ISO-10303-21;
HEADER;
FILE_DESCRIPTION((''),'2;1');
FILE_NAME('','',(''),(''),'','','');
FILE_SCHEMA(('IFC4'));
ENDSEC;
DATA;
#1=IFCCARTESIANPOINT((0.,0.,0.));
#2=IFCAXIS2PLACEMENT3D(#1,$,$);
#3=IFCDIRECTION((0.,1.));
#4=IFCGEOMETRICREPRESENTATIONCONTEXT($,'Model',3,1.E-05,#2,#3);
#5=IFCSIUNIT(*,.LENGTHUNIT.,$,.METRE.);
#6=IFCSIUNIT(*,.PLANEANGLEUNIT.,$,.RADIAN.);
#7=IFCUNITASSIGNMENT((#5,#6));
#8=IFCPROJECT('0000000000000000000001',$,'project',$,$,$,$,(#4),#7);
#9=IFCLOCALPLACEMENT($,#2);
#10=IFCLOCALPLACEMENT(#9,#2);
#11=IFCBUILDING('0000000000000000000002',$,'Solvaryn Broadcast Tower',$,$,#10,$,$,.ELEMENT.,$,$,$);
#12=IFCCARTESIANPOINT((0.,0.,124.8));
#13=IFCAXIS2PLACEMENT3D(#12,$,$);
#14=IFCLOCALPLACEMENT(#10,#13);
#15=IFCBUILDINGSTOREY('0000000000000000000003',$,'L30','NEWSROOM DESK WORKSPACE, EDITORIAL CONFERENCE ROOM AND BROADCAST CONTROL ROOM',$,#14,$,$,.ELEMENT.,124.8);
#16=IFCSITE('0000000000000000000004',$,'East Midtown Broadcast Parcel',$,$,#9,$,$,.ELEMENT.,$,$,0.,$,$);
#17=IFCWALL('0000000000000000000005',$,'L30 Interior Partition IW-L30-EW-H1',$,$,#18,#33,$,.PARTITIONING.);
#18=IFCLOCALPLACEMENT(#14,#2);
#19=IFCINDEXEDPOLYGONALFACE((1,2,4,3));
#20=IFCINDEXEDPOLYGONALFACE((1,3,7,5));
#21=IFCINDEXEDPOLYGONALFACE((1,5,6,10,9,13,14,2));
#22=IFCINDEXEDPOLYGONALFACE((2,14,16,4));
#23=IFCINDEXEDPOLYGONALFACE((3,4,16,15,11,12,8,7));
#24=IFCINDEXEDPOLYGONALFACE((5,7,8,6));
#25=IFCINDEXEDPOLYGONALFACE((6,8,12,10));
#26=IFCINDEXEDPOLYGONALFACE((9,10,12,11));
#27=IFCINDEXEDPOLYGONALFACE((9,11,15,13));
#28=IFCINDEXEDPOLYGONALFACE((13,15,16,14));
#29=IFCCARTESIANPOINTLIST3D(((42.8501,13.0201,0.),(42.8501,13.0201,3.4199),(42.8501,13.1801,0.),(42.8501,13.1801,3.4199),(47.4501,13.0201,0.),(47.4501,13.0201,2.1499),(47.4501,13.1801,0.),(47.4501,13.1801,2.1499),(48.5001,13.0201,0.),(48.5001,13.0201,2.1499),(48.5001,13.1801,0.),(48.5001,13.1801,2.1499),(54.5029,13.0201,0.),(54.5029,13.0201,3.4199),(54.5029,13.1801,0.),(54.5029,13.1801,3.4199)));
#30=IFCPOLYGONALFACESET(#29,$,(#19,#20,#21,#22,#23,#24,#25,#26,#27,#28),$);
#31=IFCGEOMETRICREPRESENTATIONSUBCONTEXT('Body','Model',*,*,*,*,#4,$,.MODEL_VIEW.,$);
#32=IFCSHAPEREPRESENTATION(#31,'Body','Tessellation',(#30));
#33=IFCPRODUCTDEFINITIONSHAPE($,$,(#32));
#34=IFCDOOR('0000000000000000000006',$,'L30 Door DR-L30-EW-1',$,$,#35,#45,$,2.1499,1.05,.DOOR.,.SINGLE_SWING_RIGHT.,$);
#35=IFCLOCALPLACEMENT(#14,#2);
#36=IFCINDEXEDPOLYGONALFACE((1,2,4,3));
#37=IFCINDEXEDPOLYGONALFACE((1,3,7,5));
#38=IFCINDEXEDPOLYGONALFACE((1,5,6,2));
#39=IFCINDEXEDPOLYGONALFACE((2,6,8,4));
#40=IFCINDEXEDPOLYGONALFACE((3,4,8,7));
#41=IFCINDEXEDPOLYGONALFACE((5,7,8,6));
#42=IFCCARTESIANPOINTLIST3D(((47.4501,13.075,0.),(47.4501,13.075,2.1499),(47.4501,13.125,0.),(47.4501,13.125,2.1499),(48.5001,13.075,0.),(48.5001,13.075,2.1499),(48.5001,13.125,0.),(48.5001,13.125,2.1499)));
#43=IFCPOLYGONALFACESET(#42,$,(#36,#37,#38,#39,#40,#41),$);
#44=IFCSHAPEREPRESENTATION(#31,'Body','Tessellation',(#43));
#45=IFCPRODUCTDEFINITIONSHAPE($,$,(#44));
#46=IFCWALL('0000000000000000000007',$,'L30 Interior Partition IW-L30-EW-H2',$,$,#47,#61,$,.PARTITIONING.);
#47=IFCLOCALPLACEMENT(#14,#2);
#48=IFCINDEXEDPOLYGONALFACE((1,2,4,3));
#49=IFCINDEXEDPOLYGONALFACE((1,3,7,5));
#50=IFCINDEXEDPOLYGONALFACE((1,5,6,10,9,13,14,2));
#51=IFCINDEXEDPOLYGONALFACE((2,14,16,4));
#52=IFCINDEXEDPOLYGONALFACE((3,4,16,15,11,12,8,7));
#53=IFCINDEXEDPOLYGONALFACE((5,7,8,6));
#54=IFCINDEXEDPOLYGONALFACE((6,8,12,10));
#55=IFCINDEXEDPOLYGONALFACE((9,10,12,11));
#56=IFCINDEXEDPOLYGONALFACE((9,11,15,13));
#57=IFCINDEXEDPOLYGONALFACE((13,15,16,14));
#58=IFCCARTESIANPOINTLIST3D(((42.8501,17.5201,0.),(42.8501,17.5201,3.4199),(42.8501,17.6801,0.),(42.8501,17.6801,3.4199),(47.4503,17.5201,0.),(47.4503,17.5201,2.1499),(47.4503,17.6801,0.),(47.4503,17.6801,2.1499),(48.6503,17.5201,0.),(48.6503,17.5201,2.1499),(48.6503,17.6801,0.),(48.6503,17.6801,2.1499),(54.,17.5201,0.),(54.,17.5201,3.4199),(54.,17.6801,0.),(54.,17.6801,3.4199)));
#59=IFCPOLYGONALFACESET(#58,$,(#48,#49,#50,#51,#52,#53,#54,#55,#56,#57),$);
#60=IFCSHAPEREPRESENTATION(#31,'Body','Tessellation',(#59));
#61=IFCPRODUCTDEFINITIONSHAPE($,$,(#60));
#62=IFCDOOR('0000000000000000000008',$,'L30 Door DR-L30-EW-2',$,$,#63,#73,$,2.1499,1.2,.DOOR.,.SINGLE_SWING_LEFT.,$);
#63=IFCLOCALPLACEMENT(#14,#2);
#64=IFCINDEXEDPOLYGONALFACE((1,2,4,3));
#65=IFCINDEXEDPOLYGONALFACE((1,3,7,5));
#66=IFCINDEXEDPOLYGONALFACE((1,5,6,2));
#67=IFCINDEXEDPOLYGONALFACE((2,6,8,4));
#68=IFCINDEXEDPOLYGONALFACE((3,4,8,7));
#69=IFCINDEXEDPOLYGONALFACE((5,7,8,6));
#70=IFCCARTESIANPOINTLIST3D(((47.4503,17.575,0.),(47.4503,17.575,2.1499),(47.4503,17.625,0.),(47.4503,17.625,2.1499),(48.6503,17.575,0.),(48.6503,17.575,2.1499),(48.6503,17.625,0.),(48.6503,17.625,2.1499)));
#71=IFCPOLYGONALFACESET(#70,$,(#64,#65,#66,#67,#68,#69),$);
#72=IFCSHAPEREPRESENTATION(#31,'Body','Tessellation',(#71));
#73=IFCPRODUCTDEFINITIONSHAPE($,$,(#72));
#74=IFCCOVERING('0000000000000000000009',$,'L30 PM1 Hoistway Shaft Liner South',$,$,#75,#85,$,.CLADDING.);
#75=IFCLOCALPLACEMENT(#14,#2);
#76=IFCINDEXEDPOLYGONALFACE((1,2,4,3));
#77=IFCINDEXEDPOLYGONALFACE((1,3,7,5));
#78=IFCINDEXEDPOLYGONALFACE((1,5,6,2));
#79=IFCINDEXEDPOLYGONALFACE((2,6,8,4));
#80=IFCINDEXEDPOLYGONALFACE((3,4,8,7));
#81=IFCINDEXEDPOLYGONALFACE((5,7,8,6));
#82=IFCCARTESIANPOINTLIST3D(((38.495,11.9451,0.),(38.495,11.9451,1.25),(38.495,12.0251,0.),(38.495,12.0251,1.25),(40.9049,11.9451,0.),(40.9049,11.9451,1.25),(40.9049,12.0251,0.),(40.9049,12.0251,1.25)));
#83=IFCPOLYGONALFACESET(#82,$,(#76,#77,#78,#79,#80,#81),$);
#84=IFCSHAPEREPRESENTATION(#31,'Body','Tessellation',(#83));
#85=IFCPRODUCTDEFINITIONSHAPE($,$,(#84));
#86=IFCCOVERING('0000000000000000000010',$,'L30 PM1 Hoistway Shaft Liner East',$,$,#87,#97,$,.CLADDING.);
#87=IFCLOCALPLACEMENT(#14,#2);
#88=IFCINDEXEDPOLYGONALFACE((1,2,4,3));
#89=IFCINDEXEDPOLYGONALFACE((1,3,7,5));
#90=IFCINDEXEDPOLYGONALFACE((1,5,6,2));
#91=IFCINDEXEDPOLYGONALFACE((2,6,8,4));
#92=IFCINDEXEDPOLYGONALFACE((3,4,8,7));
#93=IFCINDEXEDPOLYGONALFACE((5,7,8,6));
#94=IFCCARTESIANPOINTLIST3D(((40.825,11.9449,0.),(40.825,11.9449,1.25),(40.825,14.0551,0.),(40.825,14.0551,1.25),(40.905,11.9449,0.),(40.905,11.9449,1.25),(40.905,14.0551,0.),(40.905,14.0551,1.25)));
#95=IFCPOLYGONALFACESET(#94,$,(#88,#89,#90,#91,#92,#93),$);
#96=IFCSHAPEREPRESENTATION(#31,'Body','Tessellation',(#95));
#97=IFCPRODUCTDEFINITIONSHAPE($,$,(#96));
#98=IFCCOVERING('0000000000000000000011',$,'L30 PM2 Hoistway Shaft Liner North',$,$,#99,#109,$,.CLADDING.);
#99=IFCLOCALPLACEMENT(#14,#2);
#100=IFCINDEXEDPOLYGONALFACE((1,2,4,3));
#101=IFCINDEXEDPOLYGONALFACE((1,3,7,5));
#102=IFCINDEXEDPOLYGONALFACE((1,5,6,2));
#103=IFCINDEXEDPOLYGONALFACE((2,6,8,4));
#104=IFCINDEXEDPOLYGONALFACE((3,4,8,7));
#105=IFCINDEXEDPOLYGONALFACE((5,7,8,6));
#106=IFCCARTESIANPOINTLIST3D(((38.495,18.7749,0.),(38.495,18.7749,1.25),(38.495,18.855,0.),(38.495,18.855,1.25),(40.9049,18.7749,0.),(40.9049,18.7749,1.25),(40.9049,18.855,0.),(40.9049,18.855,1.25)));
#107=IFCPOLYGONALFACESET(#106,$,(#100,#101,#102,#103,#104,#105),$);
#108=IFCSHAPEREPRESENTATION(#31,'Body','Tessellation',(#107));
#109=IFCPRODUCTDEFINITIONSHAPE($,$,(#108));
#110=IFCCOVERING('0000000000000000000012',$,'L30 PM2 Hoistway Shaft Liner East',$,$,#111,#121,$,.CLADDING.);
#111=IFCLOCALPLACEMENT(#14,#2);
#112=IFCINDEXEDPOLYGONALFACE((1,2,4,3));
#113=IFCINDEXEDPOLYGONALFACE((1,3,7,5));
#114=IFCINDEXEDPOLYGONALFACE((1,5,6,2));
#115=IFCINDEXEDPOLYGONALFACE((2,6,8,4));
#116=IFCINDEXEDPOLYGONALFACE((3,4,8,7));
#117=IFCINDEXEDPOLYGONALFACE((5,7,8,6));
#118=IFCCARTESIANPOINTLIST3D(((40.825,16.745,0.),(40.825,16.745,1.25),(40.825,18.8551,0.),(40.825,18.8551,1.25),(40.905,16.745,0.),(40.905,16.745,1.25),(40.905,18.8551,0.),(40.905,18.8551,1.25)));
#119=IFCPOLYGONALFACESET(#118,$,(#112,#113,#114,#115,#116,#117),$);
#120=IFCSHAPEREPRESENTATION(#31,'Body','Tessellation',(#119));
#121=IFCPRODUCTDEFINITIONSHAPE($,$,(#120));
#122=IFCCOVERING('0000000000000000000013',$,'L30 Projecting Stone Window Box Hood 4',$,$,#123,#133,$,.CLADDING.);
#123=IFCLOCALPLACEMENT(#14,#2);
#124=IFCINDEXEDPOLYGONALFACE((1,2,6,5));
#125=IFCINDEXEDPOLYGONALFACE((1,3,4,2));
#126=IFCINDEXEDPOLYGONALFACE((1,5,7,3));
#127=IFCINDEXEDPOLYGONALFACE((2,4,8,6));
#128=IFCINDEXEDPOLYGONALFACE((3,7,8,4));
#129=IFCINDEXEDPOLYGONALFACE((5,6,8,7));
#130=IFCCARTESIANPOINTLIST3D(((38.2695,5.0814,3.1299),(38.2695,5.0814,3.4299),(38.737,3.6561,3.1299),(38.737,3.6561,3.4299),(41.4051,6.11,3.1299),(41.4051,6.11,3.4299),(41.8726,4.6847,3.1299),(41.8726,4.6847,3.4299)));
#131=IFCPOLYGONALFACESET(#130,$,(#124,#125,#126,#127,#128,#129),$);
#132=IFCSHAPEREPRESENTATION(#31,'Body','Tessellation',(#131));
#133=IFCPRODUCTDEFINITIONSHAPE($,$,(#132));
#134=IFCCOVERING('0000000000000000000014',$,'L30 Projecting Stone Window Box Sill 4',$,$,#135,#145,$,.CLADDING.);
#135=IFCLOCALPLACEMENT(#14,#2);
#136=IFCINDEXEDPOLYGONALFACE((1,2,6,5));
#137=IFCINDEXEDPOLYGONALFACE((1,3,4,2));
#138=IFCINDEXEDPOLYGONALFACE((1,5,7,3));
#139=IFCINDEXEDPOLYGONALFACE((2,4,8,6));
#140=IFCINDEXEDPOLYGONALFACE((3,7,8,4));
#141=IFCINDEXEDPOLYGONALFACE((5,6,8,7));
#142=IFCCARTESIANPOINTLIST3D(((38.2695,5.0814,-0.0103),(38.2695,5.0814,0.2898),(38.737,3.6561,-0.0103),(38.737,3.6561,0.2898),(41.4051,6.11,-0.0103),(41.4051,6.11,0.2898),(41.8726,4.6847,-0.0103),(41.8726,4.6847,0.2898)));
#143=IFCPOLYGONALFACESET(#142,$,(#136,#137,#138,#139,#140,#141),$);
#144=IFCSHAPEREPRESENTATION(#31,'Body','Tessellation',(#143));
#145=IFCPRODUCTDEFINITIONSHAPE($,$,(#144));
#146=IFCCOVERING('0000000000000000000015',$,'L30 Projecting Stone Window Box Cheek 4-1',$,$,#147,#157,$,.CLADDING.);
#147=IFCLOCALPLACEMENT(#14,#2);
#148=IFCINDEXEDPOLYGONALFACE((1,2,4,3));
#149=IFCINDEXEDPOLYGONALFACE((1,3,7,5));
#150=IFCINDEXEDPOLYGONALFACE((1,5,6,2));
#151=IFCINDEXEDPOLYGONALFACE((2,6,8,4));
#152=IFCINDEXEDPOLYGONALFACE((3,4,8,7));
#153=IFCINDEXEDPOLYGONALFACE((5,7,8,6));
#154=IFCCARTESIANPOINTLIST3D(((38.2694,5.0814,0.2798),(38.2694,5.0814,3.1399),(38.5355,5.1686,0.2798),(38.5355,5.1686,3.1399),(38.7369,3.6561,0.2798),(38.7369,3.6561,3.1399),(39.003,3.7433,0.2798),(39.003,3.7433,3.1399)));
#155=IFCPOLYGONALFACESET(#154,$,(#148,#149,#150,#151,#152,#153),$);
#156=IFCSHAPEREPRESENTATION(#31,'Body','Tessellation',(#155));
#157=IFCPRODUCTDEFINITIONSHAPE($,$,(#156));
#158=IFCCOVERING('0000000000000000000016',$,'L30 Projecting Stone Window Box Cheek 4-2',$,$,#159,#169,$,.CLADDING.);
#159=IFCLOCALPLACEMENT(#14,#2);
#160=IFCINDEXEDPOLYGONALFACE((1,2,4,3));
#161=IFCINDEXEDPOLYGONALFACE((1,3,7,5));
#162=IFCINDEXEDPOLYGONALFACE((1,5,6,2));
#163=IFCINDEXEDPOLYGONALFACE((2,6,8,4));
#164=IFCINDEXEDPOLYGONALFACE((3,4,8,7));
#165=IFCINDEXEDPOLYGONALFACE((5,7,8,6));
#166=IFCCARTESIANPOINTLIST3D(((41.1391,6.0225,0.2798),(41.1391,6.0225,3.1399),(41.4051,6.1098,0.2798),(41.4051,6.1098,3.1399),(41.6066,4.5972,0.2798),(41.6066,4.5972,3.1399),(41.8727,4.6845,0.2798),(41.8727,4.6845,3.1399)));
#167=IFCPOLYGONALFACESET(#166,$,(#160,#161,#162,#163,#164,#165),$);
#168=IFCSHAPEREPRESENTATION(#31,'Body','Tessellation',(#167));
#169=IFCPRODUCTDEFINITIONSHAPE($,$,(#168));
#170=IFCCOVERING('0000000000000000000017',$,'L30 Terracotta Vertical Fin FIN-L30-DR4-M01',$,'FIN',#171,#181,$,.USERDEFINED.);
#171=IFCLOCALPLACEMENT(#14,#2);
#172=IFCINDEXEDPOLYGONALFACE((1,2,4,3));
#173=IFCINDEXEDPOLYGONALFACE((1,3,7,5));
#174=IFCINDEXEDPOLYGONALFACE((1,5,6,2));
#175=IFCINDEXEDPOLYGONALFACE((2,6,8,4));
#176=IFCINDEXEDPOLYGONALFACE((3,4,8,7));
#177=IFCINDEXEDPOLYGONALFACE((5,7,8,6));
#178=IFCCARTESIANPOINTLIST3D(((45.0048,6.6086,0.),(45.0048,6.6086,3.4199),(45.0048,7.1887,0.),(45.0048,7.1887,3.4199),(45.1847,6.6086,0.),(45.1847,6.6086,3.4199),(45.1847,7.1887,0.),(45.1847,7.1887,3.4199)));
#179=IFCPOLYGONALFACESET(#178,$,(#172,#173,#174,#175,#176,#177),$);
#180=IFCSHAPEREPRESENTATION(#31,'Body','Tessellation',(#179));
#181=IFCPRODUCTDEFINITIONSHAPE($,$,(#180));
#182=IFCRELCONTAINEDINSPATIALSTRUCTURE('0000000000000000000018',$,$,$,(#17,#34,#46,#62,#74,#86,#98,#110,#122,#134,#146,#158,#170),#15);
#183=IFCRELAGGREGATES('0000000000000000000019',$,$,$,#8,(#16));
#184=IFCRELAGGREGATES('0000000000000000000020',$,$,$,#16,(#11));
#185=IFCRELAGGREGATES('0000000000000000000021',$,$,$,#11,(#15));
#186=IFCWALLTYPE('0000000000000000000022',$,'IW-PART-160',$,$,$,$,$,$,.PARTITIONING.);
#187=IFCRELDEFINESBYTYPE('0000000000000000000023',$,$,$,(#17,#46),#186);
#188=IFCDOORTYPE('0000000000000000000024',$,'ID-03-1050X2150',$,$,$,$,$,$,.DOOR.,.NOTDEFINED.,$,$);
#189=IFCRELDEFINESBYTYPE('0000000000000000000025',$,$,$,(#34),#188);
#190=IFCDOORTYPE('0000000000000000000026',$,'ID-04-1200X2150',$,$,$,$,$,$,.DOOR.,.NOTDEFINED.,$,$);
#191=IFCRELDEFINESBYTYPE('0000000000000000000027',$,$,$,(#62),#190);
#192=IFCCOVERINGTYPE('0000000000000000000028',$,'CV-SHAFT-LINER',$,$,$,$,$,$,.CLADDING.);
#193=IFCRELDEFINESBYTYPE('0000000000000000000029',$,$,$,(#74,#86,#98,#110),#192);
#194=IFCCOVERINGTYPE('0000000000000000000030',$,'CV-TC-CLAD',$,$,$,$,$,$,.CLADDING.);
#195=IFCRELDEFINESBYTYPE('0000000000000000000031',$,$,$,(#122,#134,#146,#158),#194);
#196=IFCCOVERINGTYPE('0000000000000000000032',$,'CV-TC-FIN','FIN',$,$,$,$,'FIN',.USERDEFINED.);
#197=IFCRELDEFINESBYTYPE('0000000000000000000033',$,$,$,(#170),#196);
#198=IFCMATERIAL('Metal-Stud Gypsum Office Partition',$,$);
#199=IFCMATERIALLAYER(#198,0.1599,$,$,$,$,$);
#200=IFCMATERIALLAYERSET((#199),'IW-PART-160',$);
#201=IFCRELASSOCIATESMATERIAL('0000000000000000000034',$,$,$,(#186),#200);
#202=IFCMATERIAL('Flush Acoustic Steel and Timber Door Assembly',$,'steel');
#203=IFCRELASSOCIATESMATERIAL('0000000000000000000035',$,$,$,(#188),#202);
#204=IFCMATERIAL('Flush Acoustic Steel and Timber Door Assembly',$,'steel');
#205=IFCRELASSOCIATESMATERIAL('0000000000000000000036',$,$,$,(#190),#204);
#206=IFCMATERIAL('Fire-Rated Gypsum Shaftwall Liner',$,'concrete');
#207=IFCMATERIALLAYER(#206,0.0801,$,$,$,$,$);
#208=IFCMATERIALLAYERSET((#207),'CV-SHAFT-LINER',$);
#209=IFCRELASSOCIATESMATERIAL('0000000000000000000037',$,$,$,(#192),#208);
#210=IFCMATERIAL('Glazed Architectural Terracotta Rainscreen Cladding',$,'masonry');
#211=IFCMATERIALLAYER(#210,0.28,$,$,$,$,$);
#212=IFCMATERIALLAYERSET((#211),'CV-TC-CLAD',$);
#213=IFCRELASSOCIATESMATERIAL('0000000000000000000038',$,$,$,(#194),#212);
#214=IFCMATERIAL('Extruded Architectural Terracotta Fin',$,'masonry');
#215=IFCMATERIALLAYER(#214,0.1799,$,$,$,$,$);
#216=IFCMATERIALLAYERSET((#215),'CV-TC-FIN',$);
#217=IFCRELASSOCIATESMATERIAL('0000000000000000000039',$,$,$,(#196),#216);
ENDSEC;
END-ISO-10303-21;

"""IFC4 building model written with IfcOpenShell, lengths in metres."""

from ifc_helpers import new_model, si_unit, direction, frame, frame_2d, origin, origin_2d, place, context, subcontext, project, spatial, rectangle, extrude, material, layer, layer_set, type_object, element, fill, save


model = new_model("IFC4")

# Units and contexts
model_context = context("Model", 3, precision=1e-05, world=origin(), true_north=direction((0.0, 1.0)))
body_context = subcontext(model_context, "Body", "Model", "MODEL_VIEW")
ifc_project = project(units=[si_unit("LENGTHUNIT", "METRE"), si_unit("PLANEANGLEUNIT", "RADIAN")], contexts=[model_context])

# Site, building, storey
site_placement = place(None, origin())
site = spatial("IfcSite", under=ifc_project, at=site_placement, Name="East Midtown Broadcast Parcel", CompositionType="ELEMENT", RefElevation=0.0)
building_placement = place(site_placement, origin())
building = spatial("IfcBuilding", under=site, at=building_placement, Name="Solvaryn Broadcast Tower", CompositionType="ELEMENT")
storey_placement = place(building_placement, frame((0.0, 0.0, 124.8)))
storey = spatial("IfcBuildingStorey", under=building, at=storey_placement, Name="L30", Description="NEWSROOM DESK WORKSPACE, EDITORIAL CONFERENCE ROOM AND BROADCAST CONTROL ROOM", CompositionType="ELEMENT", Elevation=124.8)

# Shared definitions
ifc_material_1 = material(Name="Metal-Stud Gypsum Office Partition")
ifc_layer_1 = layer(ifc_material_1, 0.1599)
ifc_layer_set_1 = layer_set([ifc_layer_1], Name="IW-PART-160")
wall_type_1 = type_object("IfcWallType", Name="IW-PART-160", PredefinedType="PARTITIONING", material=ifc_layer_set_1)

# Walls, openings, doors
wall_1_placement = place(storey_placement, frame((42.8501, 13.1001, 0.0), z_axis=(0.0, 0.0, 1.0), x_axis=(1.0, 0.0, 0.0)))
wall_1 = element("IfcWall", 1, at=wall_1_placement, inside=storey, type_object=wall_type_1, Name="L30 Interior Partition IW-L30-EW-H1", PredefinedType="PARTITIONING", context=body_context, shape_type="SweptSolid", body=[
    extrude(rectangle(XDim=11.6528, YDim=0.1599, at=frame_2d((5.8264, 0.0))), origin(), (0.0, 0.0, 1.0), 3.4199),
])
opening_1_placement = place(wall_1_placement, frame((4.6001, 0.0, 0.0)))
opening_1 = element("IfcOpeningElement", 2, at=opening_1_placement, cuts=wall_1, PredefinedType="OPENING", context=body_context, shape_type="SweptSolid", body=[
    extrude(rectangle(XDim=1.05, YDim=2.1499, at=frame_2d((0.5249, 1.075))), frame((0.0, 0.0901, 0.0), z_axis=(0.0, -1.0, 0.0), x_axis=(1.0, 0.0, 0.0)), (0.0, 0.0, 1.0), 0.1799),
])
ifc_material_2 = material(Name="Flush Acoustic Steel and Timber Door Assembly", Category="steel")
door_type_1 = type_object("IfcDoorType", Name="ID-03-1050X2150", OperationType="NOTDEFINED", PredefinedType="DOOR", material=ifc_material_2)
door_1_placement = place(opening_1_placement, origin())
door_1 = element("IfcDoor", 3, at=door_1_placement, inside=storey, type_object=door_type_1, Name="L30 Door DR-L30-EW-1", OperationType="SINGLE_SWING_RIGHT", OverallHeight=2.1499, OverallWidth=1.05, PredefinedType="DOOR", context=body_context, shape_type="SweptSolid", body=[
    extrude(rectangle(XDim=1.05, YDim=2.1499, at=frame_2d((0.5249, 1.075))), frame((0.0, 0.0249, 0.0), z_axis=(0.0, -1.0, 0.0), x_axis=(1.0, 0.0, 0.0)), (0.0, 0.0, 1.0), 0.05),
])
fill(opening_1, door_1)
wall_2_placement = place(storey_placement, frame((42.8501, 17.6001, 0.0), z_axis=(0.0, 0.0, 1.0), x_axis=(1.0, 0.0, 0.0)))
wall_2 = element("IfcWall", 4, at=wall_2_placement, inside=storey, type_object=wall_type_1, Name="L30 Interior Partition IW-L30-EW-H2", PredefinedType="PARTITIONING", context=body_context, shape_type="SweptSolid", body=[
    extrude(rectangle(XDim=11.1499, YDim=0.1599, at=frame_2d((5.575, 0.0))), origin(), (0.0, 0.0, 1.0), 3.4199),
])
opening_2_placement = place(wall_2_placement, frame((4.6001, 0.0, 0.0)))
opening_2 = element("IfcOpeningElement", 5, at=opening_2_placement, cuts=wall_2, PredefinedType="OPENING", context=body_context, shape_type="SweptSolid", body=[
    extrude(rectangle(XDim=1.2, YDim=2.1499, at=frame_2d((0.6001, 1.075))), frame((0.0, 0.0901, 0.0), z_axis=(0.0, -1.0, 0.0), x_axis=(1.0, 0.0, 0.0)), (0.0, 0.0, 1.0), 0.1799),
])
ifc_material_3 = material(Name="Flush Acoustic Steel and Timber Door Assembly", Category="steel")
door_type_2 = type_object("IfcDoorType", Name="ID-04-1200X2150", OperationType="NOTDEFINED", PredefinedType="DOOR", material=ifc_material_3)
door_2_placement = place(opening_2_placement, origin())
door_2 = element("IfcDoor", 6, at=door_2_placement, inside=storey, type_object=door_type_2, Name="L30 Door DR-L30-EW-2", OperationType="SINGLE_SWING_LEFT", OverallHeight=2.1499, OverallWidth=1.2, PredefinedType="DOOR", context=body_context, shape_type="SweptSolid", body=[
    extrude(rectangle(XDim=1.2, YDim=2.1499, at=frame_2d((0.6001, 1.075))), frame((0.0, 0.0249, 0.0), z_axis=(0.0, -1.0, 0.0), x_axis=(1.0, 0.0, 0.0)), (0.0, 0.0, 1.0), 0.05),
])
fill(opening_2, door_2)

# Coverings
ifc_material_4 = material(Name="Fire-Rated Gypsum Shaftwall Liner", Category="concrete")
ifc_layer_2 = layer(ifc_material_4, 0.0801)
ifc_layer_set_2 = layer_set([ifc_layer_2], Name="CV-SHAFT-LINER")
covering_type_1 = type_object("IfcCoveringType", Name="CV-SHAFT-LINER", PredefinedType="CLADDING", material=ifc_layer_set_2)
covering_1_placement = place(storey_placement, frame((39.7, 11.9851, 0.0), z_axis=(0.0, 0.0, 1.0), x_axis=(1.0, 0.0, 0.0)))
element("IfcCovering", 7, at=covering_1_placement, inside=storey, type_object=covering_type_1, Name="L30 PM1 Hoistway Shaft Liner South", PredefinedType="CLADDING", context=body_context, shape_type="SweptSolid", body=[
    extrude(rectangle(XDim=2.4099, YDim=0.0801, at=origin_2d()), origin(), (0.0, 0.0, 1.0), 1.25),
])
covering_2_placement = place(storey_placement, frame((40.865, 13.0, 0.0), z_axis=(0.0, 0.0, 1.0), x_axis=(1.0, 0.0, 0.0)))
element("IfcCovering", 8, at=covering_2_placement, inside=storey, type_object=covering_type_1, Name="L30 PM1 Hoistway Shaft Liner East", PredefinedType="CLADDING", context=body_context, shape_type="SweptSolid", body=[
    extrude(rectangle(XDim=0.0801, YDim=2.1101, at=origin_2d()), origin(), (0.0, 0.0, 1.0), 1.25),
])
covering_3_placement = place(storey_placement, frame((39.7, 18.8149, 0.0), z_axis=(0.0, 0.0, 1.0), x_axis=(1.0, 0.0, 0.0)))
element("IfcCovering", 9, at=covering_3_placement, inside=storey, type_object=covering_type_1, Name="L30 PM2 Hoistway Shaft Liner North", PredefinedType="CLADDING", context=body_context, shape_type="SweptSolid", body=[
    extrude(rectangle(XDim=2.4099, YDim=0.0801, at=origin_2d()), origin(), (0.0, 0.0, 1.0), 1.25),
])
covering_4_placement = place(storey_placement, frame((40.865, 17.8, 0.0), z_axis=(0.0, 0.0, 1.0), x_axis=(1.0, 0.0, 0.0)))
element("IfcCovering", 10, at=covering_4_placement, inside=storey, type_object=covering_type_1, Name="L30 PM2 Hoistway Shaft Liner East", PredefinedType="CLADDING", context=body_context, shape_type="SweptSolid", body=[
    extrude(rectangle(XDim=0.0801, YDim=2.1101, at=origin_2d()), origin(), (0.0, 0.0, 1.0), 1.25),
])
ifc_material_5 = material(Name="Glazed Architectural Terracotta Rainscreen Cladding", Category="masonry")
ifc_layer_3 = layer(ifc_material_5, 0.28)
ifc_layer_set_3 = layer_set([ifc_layer_3], Name="CV-TC-CLAD")
covering_type_2 = type_object("IfcCoveringType", Name="CV-TC-CLAD", PredefinedType="CLADDING", material=ifc_layer_set_3)
for number, where, z_axis, x_axis, name in (
    (11, (40.071, 4.8831, 3.1299), (0.0, 0.0, 1.0), (0.95019, 0.311672, 0.0), "L30 Projecting Stone Window Box Hood 4"),
    (12, (40.071, 4.8831, -0.0103), (0.0, 0.0, 1.0), (0.95019, 0.311672, 0.0), "L30 Projecting Stone Window Box Sill 4"),
):
    element("IfcCovering", number, at=place(storey_placement, frame(where, z_axis=z_axis, x_axis=x_axis)), inside=storey, type_object=covering_type_2, Name=name, PredefinedType="CLADDING", context=body_context, shape_type="SweptSolid", body=[
        extrude(rectangle(XDim=3.3, YDim=1.5, at=origin_2d()), origin(), (0.0, 0.0, 1.0), 0.3),
    ])
for number, where, z_axis, x_axis, name in (
    (13, (38.6362, 4.4124, 0.2798), (0.0, 0.0, 1.0), (0.95019, 0.311672, 0.0), "L30 Projecting Stone Window Box Cheek 4-1"),
    (14, (41.5059, 5.3535, 0.2798), (0.0, 0.0, 1.0), (0.95019, 0.311672, 0.0), "L30 Projecting Stone Window Box Cheek 4-2"),
):
    element("IfcCovering", number, at=place(storey_placement, frame(where, z_axis=z_axis, x_axis=x_axis)), inside=storey, type_object=covering_type_2, Name=name, PredefinedType="CLADDING", context=body_context, shape_type="SweptSolid", body=[
        extrude(rectangle(XDim=0.28, YDim=1.5, at=origin_2d()), origin(), (0.0, 0.0, 1.0), 2.8601),
    ])
ifc_material_6 = material(Name="Extruded Architectural Terracotta Fin", Category="masonry")
ifc_layer_4 = layer(ifc_material_6, 0.1799)
ifc_layer_set_4 = layer_set([ifc_layer_4], Name="CV-TC-FIN")
covering_type_3 = type_object("IfcCoveringType", Name="CV-TC-FIN", Description="FIN", ElementType="FIN", PredefinedType="USERDEFINED", material=ifc_layer_set_4)
for number, where, z_axis, x_axis, name in (
    (15, (45.0947, 6.8987, 0.0), (0.0, 0.0, 1.0), (1.0, 0.0, 0.0), "L30 Terracotta Vertical Fin FIN-L30-DR4-M01"),
):
    element("IfcCovering", number, at=place(storey_placement, frame(where, z_axis=z_axis, x_axis=x_axis)), inside=storey, type_object=covering_type_3, Name=name, ObjectType="FIN", PredefinedType="USERDEFINED", context=body_context, shape_type="SweptSolid", body=[
        extrude(rectangle(XDim=0.1799, YDim=0.5801, at=origin_2d()), origin(), (0.0, 0.0, 1.0), 3.4199),
    ])

save(model, "model.ifc")
